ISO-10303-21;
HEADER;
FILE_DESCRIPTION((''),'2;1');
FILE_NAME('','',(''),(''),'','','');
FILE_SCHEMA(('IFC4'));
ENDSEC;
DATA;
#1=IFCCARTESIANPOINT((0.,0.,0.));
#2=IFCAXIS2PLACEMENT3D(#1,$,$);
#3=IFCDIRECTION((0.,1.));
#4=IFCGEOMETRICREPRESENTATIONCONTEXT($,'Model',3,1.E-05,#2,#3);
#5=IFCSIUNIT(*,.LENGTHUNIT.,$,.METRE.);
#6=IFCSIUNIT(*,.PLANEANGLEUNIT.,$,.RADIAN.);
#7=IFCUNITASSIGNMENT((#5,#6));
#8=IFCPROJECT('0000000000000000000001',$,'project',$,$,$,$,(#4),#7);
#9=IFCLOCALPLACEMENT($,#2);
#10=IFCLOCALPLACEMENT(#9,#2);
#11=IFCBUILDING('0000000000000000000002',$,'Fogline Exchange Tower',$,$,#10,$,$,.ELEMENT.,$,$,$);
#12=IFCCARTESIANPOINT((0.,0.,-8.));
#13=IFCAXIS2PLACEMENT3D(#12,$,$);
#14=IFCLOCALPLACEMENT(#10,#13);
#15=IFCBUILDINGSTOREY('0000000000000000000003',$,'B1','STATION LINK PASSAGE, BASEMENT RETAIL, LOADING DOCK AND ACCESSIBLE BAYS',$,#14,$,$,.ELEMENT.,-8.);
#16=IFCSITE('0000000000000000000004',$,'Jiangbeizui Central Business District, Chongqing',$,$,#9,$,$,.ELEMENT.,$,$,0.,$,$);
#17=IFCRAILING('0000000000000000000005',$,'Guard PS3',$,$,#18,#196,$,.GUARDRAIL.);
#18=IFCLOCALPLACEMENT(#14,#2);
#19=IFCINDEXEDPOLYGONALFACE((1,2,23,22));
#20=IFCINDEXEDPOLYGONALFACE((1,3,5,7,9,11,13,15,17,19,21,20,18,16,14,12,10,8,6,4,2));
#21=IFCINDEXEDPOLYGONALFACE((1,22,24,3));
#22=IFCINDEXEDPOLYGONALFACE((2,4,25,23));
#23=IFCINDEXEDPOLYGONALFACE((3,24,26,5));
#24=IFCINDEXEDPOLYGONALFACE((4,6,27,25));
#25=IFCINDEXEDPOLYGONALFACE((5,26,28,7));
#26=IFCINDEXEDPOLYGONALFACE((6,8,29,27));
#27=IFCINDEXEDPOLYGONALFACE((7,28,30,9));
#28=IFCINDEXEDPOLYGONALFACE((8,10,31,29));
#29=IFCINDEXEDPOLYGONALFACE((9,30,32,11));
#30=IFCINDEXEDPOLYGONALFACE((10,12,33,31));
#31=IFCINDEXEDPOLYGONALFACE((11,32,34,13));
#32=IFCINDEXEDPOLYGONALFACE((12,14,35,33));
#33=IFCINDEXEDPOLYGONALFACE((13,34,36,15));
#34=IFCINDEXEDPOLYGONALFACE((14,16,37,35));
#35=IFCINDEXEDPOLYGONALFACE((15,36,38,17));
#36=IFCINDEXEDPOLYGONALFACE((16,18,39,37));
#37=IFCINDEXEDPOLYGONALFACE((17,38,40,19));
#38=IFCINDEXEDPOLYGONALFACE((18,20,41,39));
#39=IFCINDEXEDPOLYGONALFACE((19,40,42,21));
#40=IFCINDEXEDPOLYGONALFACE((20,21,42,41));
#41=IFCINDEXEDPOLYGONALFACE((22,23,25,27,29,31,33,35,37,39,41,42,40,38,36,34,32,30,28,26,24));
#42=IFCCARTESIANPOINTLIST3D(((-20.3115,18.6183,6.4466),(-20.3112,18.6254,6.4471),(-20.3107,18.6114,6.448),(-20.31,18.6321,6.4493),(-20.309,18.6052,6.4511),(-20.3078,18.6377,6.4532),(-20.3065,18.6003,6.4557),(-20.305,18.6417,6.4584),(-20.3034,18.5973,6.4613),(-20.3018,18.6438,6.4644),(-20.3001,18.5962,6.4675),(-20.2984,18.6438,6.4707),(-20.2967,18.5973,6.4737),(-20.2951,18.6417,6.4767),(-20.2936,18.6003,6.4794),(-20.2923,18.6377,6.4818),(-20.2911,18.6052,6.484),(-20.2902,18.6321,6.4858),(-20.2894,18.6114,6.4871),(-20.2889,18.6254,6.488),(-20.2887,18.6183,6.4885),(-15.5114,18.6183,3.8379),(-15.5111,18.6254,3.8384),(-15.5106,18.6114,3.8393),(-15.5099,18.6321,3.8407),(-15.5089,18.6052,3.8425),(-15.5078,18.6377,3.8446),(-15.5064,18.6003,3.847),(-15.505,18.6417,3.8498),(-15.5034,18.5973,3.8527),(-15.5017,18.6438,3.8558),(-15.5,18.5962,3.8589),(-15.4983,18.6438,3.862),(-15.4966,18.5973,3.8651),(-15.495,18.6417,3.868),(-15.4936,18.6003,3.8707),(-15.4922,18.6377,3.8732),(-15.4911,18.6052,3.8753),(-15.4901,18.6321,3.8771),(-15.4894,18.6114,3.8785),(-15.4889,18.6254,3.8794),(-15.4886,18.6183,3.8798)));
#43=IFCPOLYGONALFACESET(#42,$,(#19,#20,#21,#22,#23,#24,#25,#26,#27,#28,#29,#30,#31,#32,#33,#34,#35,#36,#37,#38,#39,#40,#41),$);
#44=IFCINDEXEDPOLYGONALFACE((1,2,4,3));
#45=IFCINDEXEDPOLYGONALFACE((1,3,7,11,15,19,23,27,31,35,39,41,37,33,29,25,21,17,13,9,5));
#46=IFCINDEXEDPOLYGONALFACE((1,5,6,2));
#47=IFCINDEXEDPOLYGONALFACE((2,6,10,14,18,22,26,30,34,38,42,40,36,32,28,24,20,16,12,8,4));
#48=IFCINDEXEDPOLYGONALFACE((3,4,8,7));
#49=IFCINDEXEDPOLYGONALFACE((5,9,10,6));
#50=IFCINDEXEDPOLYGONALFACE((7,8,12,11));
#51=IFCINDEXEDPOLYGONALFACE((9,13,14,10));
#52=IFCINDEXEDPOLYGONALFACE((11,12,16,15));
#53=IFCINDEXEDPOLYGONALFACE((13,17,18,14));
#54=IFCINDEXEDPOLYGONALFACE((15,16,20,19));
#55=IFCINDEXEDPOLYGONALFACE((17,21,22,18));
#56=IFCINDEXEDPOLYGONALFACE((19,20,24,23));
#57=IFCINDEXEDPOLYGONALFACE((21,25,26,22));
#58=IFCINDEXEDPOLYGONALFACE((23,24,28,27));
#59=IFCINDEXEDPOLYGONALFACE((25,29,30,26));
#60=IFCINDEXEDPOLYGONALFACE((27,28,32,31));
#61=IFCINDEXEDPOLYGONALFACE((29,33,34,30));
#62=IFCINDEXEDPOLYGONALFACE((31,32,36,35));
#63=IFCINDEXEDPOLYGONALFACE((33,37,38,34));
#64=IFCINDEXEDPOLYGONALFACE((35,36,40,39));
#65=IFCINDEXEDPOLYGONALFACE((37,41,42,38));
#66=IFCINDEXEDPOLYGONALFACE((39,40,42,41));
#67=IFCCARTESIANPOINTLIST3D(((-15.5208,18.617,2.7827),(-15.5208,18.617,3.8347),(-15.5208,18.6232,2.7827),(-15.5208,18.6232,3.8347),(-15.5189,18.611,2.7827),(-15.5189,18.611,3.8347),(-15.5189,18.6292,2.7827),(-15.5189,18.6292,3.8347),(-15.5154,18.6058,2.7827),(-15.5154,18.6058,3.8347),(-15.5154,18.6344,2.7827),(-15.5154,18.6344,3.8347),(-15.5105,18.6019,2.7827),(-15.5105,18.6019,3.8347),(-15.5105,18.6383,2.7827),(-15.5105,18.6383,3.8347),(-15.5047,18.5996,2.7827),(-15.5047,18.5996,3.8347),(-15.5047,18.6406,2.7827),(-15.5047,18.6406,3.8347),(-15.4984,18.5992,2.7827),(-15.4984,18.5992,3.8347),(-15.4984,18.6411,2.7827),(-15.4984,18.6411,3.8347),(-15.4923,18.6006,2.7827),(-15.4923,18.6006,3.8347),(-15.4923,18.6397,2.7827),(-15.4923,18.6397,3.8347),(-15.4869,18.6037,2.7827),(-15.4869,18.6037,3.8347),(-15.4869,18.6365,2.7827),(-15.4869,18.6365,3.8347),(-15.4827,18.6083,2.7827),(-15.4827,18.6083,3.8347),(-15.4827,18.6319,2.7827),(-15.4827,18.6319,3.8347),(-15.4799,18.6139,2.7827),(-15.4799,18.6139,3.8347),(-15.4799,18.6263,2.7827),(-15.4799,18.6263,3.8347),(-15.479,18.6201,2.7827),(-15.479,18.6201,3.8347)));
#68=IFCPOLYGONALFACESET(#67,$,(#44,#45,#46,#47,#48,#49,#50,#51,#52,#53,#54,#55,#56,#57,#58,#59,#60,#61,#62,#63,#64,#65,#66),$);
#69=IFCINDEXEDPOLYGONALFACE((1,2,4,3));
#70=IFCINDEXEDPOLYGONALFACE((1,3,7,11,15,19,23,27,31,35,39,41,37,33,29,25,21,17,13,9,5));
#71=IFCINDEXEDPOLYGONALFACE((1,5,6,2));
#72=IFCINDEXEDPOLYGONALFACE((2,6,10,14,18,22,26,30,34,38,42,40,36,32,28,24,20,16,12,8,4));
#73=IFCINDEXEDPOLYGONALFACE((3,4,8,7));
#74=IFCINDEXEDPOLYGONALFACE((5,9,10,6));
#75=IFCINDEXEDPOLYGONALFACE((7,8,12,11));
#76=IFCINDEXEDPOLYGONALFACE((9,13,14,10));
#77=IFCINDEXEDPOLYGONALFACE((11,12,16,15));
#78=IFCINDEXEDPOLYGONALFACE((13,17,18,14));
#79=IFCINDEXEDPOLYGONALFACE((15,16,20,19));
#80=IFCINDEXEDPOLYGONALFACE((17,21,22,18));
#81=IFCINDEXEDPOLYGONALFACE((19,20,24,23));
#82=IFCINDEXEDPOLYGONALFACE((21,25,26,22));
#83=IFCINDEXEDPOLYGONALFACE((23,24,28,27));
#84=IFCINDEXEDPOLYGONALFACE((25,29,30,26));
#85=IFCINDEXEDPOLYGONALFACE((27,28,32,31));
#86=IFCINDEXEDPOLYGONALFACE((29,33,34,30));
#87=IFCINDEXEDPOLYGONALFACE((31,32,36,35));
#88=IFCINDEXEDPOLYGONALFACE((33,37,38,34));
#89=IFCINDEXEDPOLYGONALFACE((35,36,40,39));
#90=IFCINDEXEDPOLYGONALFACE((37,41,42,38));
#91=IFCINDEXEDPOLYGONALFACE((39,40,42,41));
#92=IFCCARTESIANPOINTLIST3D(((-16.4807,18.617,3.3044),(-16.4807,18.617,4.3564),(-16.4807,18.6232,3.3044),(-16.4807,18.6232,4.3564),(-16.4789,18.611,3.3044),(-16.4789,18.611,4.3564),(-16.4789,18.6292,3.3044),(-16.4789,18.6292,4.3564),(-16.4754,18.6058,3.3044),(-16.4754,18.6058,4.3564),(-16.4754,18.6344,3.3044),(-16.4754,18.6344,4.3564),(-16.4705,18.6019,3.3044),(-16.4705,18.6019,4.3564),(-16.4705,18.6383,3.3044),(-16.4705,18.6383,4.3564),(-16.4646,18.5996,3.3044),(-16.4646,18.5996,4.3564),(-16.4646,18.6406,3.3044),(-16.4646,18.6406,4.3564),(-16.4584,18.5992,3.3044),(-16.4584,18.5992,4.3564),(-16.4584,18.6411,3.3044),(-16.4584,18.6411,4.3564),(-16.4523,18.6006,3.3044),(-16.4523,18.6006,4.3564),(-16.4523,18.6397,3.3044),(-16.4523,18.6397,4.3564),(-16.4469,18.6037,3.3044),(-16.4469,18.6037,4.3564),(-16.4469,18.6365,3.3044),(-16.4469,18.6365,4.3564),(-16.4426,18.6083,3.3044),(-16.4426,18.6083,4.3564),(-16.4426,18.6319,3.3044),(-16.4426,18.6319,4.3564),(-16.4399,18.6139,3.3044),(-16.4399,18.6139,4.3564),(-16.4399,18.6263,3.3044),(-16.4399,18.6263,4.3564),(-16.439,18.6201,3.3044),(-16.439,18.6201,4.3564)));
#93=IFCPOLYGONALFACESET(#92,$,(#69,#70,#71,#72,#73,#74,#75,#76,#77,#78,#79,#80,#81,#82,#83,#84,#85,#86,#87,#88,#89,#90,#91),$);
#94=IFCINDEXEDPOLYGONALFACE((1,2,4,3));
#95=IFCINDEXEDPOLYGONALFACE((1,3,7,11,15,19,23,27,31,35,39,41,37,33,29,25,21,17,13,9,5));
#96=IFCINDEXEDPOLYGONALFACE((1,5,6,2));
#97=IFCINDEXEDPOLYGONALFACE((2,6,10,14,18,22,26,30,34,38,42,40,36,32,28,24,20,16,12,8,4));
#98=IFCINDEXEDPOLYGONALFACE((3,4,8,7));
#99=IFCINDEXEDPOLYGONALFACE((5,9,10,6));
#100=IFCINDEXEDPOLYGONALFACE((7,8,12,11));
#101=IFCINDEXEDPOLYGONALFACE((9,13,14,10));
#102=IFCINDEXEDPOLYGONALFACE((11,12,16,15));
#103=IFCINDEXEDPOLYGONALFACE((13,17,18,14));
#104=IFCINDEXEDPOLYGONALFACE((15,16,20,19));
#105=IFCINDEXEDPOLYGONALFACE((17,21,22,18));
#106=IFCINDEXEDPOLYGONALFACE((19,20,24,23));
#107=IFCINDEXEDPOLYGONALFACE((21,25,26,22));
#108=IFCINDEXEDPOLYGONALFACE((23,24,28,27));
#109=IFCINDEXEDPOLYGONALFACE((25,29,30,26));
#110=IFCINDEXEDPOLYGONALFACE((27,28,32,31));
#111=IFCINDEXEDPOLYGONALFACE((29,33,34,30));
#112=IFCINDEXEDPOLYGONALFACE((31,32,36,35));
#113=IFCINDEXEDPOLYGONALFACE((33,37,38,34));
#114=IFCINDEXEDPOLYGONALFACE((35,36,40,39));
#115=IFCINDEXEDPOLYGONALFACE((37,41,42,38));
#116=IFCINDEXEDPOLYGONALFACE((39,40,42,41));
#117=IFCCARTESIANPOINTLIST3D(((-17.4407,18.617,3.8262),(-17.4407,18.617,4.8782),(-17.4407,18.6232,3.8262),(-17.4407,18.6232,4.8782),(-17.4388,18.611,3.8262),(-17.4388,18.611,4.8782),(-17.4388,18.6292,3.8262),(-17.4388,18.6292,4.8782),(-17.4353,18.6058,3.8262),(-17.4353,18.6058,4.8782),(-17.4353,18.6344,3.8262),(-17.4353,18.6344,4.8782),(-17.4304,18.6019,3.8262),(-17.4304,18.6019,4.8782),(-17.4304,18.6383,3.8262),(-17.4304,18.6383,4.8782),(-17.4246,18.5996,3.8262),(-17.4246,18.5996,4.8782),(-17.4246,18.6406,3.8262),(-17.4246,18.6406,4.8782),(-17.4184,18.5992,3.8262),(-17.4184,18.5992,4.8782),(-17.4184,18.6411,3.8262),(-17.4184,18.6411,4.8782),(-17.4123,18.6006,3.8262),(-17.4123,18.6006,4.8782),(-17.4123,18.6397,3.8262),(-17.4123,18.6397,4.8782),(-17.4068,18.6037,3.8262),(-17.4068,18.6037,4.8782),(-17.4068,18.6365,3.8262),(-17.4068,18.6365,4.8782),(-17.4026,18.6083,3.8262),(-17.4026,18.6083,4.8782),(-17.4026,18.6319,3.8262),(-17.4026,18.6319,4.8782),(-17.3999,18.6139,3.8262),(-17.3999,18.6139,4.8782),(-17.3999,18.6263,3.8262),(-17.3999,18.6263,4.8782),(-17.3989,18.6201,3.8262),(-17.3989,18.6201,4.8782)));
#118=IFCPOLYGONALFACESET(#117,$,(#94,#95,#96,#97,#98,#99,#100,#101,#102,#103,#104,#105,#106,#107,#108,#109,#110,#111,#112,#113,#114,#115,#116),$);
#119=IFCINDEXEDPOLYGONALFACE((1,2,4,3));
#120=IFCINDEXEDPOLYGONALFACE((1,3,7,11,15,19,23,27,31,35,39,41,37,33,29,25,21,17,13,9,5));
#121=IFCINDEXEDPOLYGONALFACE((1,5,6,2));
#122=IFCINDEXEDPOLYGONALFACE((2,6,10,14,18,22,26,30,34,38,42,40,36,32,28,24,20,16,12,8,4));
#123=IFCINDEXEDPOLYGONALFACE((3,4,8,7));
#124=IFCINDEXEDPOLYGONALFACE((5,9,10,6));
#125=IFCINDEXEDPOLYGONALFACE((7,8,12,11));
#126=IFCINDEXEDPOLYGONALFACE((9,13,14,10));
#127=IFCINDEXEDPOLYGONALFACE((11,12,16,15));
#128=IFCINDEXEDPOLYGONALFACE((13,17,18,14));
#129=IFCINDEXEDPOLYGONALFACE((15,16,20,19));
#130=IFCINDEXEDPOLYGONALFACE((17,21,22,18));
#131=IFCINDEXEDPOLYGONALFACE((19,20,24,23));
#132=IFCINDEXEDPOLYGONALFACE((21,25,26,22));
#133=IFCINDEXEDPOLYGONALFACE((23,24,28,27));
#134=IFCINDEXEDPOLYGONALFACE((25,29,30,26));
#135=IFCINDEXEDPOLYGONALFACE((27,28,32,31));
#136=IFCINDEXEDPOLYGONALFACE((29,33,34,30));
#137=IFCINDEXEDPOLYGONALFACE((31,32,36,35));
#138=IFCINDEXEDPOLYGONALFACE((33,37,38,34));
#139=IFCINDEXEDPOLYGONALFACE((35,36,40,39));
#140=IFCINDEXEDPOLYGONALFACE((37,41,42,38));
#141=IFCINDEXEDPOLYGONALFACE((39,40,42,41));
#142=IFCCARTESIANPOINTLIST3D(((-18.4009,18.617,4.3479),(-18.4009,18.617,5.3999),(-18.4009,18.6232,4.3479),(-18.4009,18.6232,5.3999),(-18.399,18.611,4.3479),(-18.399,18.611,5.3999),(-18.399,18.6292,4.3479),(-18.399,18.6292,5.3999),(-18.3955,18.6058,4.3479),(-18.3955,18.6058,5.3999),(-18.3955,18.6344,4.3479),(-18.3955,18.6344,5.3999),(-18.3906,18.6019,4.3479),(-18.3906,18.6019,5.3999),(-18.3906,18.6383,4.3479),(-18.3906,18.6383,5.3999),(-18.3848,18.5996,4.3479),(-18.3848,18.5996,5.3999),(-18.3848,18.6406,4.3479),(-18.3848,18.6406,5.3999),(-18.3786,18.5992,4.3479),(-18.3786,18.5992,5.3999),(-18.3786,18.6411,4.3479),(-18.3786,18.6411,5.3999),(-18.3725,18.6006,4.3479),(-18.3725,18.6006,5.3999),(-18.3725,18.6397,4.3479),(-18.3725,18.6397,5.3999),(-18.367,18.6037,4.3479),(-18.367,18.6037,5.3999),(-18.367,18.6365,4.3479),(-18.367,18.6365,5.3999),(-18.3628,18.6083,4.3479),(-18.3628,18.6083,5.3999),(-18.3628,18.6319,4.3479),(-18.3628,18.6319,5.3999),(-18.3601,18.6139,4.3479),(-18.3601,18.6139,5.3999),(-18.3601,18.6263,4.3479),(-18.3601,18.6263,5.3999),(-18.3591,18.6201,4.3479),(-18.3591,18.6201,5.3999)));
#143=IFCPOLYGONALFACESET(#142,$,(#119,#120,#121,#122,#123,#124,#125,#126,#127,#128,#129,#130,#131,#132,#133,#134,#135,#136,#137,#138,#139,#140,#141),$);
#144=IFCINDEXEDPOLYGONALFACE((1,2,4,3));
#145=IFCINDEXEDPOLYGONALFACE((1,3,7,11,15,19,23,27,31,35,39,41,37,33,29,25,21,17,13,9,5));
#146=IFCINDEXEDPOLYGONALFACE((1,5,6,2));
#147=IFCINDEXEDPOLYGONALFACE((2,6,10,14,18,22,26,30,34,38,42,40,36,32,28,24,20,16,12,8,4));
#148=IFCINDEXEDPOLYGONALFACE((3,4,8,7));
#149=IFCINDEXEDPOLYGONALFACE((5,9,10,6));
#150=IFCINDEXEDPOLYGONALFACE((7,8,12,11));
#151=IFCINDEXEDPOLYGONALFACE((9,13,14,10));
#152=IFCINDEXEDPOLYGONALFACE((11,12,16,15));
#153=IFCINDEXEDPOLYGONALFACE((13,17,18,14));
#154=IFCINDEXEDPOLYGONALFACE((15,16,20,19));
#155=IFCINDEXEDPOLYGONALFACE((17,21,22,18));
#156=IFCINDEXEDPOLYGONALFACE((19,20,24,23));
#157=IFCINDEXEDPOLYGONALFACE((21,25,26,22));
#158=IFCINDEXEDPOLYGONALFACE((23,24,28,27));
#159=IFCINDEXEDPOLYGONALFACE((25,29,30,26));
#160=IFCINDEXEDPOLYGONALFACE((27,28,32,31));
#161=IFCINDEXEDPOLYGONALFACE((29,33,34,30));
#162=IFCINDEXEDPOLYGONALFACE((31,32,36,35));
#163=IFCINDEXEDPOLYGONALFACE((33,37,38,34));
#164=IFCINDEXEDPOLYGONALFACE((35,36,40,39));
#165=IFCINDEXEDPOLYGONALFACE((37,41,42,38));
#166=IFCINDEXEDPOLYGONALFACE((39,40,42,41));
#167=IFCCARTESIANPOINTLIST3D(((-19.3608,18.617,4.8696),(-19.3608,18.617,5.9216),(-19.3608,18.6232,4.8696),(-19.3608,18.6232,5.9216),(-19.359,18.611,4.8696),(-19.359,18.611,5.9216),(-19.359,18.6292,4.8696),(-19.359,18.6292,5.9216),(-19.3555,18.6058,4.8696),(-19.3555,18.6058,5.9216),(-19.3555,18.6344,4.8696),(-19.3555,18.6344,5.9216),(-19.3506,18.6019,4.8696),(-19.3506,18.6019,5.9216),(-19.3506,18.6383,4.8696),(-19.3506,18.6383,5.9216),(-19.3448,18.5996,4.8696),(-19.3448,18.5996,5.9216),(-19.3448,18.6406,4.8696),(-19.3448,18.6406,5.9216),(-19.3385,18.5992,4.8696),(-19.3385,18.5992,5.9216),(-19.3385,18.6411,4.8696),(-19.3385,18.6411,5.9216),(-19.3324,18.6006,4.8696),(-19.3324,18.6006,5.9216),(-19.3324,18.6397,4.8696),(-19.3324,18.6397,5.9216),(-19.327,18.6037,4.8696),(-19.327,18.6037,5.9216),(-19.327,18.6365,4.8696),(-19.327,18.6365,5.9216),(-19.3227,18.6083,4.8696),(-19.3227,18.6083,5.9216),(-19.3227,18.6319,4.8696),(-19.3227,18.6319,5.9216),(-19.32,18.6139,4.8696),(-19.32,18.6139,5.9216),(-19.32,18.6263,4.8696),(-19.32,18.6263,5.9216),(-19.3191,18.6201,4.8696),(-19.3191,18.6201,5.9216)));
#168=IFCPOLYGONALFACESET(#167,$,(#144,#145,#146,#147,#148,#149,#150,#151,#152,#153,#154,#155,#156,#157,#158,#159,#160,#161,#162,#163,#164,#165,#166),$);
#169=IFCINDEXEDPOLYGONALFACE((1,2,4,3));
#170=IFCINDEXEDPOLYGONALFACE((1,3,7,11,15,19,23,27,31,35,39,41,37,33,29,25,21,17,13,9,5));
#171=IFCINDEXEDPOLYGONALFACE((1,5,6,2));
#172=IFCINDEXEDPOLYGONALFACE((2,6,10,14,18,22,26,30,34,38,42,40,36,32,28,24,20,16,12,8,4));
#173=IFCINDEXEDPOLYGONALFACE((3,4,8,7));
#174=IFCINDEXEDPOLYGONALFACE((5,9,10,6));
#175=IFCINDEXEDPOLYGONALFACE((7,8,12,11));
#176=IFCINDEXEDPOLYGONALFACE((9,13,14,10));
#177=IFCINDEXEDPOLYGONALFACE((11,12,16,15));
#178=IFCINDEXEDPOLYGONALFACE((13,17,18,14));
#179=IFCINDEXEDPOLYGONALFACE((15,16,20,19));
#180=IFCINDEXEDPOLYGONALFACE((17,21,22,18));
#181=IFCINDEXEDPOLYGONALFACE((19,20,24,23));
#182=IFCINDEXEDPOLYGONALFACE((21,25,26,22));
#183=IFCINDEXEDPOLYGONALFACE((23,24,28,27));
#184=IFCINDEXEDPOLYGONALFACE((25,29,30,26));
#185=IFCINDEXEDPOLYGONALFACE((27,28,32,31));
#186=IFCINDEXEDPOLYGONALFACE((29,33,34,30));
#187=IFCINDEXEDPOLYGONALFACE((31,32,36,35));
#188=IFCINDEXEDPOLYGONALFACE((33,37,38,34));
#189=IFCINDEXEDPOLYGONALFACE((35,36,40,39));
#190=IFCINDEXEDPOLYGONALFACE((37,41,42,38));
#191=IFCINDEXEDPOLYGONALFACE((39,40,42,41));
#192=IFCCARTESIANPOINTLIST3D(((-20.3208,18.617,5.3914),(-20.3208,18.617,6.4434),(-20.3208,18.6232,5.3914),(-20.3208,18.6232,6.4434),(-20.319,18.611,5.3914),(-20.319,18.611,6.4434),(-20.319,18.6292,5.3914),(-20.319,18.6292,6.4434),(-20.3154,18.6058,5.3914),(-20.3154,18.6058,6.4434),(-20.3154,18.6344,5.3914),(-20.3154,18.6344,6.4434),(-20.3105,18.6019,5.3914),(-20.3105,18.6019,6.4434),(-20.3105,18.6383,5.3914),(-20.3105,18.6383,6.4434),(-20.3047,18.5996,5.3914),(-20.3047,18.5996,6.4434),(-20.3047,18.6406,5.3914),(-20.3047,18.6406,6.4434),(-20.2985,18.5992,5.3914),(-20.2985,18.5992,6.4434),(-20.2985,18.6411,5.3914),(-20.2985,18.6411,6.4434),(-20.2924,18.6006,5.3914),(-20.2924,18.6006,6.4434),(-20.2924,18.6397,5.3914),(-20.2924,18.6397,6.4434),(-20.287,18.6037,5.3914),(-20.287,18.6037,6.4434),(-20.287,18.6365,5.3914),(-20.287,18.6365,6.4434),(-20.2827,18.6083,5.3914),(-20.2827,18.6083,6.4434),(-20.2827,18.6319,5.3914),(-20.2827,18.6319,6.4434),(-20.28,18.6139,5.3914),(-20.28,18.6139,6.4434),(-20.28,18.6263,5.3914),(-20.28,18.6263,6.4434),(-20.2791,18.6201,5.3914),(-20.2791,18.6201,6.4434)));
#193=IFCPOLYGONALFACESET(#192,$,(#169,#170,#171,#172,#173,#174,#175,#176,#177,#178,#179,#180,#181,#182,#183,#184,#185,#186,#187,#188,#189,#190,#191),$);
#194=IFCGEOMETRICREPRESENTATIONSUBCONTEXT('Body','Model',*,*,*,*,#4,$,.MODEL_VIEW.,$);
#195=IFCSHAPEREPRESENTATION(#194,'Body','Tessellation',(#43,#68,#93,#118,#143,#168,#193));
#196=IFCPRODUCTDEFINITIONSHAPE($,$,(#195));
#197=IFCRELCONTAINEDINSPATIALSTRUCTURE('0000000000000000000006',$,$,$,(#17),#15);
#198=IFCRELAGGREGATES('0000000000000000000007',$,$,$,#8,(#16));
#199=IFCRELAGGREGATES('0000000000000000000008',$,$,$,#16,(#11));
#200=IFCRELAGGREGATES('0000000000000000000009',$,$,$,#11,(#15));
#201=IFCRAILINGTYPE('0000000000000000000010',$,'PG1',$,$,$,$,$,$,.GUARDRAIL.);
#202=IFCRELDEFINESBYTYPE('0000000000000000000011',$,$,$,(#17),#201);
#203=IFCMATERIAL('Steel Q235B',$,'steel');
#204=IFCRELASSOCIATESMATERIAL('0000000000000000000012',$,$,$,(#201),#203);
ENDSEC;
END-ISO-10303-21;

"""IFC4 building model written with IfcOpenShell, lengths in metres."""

from ifc_helpers import new_model, si_unit, direction, frame, origin, origin_2d, place, context, subcontext, project, spatial, circle, extrude, material, type_object, element, save


model = new_model("IFC4")

# Units and contexts
model_context = context("Model", 3, precision=1e-05, world=origin(), true_north=direction((0.0, 1.0)))
body_context = subcontext(model_context, "Body", "Model", "MODEL_VIEW")
ifc_project = project(units=[si_unit("LENGTHUNIT", "METRE"), si_unit("PLANEANGLEUNIT", "RADIAN")], contexts=[model_context])

# Site, building, storey
site_placement = place(None, origin())
site = spatial("IfcSite", under=ifc_project, at=site_placement, Name="Jiangbeizui Central Business District, Chongqing", CompositionType="ELEMENT", RefElevation=0.0)
building_placement = place(site_placement, origin())
building = spatial("IfcBuilding", under=site, at=building_placement, Name="Fogline Exchange Tower", CompositionType="ELEMENT")
storey_placement = place(building_placement, frame((0.0, 0.0, -8.0)))
storey = spatial("IfcBuildingStorey", under=building, at=storey_placement, Name="B1", Description="STATION LINK PASSAGE, BASEMENT RETAIL, LOADING DOCK AND ACCESSIBLE BAYS", CompositionType="ELEMENT", Elevation=-8.0)

# Shared definitions
ifc_material_1 = material(Name="Steel Q235B", Category="steel")

# Railing
railing_type_1 = type_object("IfcRailingType", Name="PG1", PredefinedType="GUARDRAIL", material=ifc_material_1)
railing_1_placement = place(storey_placement, frame((-15.5, 18.6201, 2.7827)))
element("IfcRailing", 1, at=railing_1_placement, inside=storey, type_object=railing_type_1, Name="Guard PS3", PredefinedType="GUARDRAIL", context=body_context, shape_type="SweptSolid", body=[
    extrude(circle(Radius=0.0239, at=origin_2d()), frame((0.0, 0.0, 1.0762), z_axis=(-0.878631, 0.0, 0.477502), x_axis=(0.0, -1.0, 0.0)), (0.0, 0.0, 1.0), 5.4631),
    extrude(circle(Radius=0.021, at=origin_2d()), origin(), (0.0, 0.0, 1.0), 1.052),
    extrude(circle(Radius=0.021, at=origin_2d()), frame((-0.96, 0.0, 0.5217)), (0.0, 0.0, 1.0), 1.052),
    extrude(circle(Radius=0.021, at=origin_2d()), frame((-1.9199, 0.0, 1.0435)), (0.0, 0.0, 1.0), 1.052),
    extrude(circle(Radius=0.021, at=origin_2d()), frame((-2.8801, 0.0, 1.5652)), (0.0, 0.0, 1.0), 1.052),
    extrude(circle(Radius=0.021, at=origin_2d()), frame((-3.8401, 0.0, 2.0869)), (0.0, 0.0, 1.0), 1.052),
    extrude(circle(Radius=0.021, at=origin_2d()), frame((-4.8, 0.0, 2.6086)), (0.0, 0.0, 1.0), 1.052),
])

save(model, "model.ifc")
